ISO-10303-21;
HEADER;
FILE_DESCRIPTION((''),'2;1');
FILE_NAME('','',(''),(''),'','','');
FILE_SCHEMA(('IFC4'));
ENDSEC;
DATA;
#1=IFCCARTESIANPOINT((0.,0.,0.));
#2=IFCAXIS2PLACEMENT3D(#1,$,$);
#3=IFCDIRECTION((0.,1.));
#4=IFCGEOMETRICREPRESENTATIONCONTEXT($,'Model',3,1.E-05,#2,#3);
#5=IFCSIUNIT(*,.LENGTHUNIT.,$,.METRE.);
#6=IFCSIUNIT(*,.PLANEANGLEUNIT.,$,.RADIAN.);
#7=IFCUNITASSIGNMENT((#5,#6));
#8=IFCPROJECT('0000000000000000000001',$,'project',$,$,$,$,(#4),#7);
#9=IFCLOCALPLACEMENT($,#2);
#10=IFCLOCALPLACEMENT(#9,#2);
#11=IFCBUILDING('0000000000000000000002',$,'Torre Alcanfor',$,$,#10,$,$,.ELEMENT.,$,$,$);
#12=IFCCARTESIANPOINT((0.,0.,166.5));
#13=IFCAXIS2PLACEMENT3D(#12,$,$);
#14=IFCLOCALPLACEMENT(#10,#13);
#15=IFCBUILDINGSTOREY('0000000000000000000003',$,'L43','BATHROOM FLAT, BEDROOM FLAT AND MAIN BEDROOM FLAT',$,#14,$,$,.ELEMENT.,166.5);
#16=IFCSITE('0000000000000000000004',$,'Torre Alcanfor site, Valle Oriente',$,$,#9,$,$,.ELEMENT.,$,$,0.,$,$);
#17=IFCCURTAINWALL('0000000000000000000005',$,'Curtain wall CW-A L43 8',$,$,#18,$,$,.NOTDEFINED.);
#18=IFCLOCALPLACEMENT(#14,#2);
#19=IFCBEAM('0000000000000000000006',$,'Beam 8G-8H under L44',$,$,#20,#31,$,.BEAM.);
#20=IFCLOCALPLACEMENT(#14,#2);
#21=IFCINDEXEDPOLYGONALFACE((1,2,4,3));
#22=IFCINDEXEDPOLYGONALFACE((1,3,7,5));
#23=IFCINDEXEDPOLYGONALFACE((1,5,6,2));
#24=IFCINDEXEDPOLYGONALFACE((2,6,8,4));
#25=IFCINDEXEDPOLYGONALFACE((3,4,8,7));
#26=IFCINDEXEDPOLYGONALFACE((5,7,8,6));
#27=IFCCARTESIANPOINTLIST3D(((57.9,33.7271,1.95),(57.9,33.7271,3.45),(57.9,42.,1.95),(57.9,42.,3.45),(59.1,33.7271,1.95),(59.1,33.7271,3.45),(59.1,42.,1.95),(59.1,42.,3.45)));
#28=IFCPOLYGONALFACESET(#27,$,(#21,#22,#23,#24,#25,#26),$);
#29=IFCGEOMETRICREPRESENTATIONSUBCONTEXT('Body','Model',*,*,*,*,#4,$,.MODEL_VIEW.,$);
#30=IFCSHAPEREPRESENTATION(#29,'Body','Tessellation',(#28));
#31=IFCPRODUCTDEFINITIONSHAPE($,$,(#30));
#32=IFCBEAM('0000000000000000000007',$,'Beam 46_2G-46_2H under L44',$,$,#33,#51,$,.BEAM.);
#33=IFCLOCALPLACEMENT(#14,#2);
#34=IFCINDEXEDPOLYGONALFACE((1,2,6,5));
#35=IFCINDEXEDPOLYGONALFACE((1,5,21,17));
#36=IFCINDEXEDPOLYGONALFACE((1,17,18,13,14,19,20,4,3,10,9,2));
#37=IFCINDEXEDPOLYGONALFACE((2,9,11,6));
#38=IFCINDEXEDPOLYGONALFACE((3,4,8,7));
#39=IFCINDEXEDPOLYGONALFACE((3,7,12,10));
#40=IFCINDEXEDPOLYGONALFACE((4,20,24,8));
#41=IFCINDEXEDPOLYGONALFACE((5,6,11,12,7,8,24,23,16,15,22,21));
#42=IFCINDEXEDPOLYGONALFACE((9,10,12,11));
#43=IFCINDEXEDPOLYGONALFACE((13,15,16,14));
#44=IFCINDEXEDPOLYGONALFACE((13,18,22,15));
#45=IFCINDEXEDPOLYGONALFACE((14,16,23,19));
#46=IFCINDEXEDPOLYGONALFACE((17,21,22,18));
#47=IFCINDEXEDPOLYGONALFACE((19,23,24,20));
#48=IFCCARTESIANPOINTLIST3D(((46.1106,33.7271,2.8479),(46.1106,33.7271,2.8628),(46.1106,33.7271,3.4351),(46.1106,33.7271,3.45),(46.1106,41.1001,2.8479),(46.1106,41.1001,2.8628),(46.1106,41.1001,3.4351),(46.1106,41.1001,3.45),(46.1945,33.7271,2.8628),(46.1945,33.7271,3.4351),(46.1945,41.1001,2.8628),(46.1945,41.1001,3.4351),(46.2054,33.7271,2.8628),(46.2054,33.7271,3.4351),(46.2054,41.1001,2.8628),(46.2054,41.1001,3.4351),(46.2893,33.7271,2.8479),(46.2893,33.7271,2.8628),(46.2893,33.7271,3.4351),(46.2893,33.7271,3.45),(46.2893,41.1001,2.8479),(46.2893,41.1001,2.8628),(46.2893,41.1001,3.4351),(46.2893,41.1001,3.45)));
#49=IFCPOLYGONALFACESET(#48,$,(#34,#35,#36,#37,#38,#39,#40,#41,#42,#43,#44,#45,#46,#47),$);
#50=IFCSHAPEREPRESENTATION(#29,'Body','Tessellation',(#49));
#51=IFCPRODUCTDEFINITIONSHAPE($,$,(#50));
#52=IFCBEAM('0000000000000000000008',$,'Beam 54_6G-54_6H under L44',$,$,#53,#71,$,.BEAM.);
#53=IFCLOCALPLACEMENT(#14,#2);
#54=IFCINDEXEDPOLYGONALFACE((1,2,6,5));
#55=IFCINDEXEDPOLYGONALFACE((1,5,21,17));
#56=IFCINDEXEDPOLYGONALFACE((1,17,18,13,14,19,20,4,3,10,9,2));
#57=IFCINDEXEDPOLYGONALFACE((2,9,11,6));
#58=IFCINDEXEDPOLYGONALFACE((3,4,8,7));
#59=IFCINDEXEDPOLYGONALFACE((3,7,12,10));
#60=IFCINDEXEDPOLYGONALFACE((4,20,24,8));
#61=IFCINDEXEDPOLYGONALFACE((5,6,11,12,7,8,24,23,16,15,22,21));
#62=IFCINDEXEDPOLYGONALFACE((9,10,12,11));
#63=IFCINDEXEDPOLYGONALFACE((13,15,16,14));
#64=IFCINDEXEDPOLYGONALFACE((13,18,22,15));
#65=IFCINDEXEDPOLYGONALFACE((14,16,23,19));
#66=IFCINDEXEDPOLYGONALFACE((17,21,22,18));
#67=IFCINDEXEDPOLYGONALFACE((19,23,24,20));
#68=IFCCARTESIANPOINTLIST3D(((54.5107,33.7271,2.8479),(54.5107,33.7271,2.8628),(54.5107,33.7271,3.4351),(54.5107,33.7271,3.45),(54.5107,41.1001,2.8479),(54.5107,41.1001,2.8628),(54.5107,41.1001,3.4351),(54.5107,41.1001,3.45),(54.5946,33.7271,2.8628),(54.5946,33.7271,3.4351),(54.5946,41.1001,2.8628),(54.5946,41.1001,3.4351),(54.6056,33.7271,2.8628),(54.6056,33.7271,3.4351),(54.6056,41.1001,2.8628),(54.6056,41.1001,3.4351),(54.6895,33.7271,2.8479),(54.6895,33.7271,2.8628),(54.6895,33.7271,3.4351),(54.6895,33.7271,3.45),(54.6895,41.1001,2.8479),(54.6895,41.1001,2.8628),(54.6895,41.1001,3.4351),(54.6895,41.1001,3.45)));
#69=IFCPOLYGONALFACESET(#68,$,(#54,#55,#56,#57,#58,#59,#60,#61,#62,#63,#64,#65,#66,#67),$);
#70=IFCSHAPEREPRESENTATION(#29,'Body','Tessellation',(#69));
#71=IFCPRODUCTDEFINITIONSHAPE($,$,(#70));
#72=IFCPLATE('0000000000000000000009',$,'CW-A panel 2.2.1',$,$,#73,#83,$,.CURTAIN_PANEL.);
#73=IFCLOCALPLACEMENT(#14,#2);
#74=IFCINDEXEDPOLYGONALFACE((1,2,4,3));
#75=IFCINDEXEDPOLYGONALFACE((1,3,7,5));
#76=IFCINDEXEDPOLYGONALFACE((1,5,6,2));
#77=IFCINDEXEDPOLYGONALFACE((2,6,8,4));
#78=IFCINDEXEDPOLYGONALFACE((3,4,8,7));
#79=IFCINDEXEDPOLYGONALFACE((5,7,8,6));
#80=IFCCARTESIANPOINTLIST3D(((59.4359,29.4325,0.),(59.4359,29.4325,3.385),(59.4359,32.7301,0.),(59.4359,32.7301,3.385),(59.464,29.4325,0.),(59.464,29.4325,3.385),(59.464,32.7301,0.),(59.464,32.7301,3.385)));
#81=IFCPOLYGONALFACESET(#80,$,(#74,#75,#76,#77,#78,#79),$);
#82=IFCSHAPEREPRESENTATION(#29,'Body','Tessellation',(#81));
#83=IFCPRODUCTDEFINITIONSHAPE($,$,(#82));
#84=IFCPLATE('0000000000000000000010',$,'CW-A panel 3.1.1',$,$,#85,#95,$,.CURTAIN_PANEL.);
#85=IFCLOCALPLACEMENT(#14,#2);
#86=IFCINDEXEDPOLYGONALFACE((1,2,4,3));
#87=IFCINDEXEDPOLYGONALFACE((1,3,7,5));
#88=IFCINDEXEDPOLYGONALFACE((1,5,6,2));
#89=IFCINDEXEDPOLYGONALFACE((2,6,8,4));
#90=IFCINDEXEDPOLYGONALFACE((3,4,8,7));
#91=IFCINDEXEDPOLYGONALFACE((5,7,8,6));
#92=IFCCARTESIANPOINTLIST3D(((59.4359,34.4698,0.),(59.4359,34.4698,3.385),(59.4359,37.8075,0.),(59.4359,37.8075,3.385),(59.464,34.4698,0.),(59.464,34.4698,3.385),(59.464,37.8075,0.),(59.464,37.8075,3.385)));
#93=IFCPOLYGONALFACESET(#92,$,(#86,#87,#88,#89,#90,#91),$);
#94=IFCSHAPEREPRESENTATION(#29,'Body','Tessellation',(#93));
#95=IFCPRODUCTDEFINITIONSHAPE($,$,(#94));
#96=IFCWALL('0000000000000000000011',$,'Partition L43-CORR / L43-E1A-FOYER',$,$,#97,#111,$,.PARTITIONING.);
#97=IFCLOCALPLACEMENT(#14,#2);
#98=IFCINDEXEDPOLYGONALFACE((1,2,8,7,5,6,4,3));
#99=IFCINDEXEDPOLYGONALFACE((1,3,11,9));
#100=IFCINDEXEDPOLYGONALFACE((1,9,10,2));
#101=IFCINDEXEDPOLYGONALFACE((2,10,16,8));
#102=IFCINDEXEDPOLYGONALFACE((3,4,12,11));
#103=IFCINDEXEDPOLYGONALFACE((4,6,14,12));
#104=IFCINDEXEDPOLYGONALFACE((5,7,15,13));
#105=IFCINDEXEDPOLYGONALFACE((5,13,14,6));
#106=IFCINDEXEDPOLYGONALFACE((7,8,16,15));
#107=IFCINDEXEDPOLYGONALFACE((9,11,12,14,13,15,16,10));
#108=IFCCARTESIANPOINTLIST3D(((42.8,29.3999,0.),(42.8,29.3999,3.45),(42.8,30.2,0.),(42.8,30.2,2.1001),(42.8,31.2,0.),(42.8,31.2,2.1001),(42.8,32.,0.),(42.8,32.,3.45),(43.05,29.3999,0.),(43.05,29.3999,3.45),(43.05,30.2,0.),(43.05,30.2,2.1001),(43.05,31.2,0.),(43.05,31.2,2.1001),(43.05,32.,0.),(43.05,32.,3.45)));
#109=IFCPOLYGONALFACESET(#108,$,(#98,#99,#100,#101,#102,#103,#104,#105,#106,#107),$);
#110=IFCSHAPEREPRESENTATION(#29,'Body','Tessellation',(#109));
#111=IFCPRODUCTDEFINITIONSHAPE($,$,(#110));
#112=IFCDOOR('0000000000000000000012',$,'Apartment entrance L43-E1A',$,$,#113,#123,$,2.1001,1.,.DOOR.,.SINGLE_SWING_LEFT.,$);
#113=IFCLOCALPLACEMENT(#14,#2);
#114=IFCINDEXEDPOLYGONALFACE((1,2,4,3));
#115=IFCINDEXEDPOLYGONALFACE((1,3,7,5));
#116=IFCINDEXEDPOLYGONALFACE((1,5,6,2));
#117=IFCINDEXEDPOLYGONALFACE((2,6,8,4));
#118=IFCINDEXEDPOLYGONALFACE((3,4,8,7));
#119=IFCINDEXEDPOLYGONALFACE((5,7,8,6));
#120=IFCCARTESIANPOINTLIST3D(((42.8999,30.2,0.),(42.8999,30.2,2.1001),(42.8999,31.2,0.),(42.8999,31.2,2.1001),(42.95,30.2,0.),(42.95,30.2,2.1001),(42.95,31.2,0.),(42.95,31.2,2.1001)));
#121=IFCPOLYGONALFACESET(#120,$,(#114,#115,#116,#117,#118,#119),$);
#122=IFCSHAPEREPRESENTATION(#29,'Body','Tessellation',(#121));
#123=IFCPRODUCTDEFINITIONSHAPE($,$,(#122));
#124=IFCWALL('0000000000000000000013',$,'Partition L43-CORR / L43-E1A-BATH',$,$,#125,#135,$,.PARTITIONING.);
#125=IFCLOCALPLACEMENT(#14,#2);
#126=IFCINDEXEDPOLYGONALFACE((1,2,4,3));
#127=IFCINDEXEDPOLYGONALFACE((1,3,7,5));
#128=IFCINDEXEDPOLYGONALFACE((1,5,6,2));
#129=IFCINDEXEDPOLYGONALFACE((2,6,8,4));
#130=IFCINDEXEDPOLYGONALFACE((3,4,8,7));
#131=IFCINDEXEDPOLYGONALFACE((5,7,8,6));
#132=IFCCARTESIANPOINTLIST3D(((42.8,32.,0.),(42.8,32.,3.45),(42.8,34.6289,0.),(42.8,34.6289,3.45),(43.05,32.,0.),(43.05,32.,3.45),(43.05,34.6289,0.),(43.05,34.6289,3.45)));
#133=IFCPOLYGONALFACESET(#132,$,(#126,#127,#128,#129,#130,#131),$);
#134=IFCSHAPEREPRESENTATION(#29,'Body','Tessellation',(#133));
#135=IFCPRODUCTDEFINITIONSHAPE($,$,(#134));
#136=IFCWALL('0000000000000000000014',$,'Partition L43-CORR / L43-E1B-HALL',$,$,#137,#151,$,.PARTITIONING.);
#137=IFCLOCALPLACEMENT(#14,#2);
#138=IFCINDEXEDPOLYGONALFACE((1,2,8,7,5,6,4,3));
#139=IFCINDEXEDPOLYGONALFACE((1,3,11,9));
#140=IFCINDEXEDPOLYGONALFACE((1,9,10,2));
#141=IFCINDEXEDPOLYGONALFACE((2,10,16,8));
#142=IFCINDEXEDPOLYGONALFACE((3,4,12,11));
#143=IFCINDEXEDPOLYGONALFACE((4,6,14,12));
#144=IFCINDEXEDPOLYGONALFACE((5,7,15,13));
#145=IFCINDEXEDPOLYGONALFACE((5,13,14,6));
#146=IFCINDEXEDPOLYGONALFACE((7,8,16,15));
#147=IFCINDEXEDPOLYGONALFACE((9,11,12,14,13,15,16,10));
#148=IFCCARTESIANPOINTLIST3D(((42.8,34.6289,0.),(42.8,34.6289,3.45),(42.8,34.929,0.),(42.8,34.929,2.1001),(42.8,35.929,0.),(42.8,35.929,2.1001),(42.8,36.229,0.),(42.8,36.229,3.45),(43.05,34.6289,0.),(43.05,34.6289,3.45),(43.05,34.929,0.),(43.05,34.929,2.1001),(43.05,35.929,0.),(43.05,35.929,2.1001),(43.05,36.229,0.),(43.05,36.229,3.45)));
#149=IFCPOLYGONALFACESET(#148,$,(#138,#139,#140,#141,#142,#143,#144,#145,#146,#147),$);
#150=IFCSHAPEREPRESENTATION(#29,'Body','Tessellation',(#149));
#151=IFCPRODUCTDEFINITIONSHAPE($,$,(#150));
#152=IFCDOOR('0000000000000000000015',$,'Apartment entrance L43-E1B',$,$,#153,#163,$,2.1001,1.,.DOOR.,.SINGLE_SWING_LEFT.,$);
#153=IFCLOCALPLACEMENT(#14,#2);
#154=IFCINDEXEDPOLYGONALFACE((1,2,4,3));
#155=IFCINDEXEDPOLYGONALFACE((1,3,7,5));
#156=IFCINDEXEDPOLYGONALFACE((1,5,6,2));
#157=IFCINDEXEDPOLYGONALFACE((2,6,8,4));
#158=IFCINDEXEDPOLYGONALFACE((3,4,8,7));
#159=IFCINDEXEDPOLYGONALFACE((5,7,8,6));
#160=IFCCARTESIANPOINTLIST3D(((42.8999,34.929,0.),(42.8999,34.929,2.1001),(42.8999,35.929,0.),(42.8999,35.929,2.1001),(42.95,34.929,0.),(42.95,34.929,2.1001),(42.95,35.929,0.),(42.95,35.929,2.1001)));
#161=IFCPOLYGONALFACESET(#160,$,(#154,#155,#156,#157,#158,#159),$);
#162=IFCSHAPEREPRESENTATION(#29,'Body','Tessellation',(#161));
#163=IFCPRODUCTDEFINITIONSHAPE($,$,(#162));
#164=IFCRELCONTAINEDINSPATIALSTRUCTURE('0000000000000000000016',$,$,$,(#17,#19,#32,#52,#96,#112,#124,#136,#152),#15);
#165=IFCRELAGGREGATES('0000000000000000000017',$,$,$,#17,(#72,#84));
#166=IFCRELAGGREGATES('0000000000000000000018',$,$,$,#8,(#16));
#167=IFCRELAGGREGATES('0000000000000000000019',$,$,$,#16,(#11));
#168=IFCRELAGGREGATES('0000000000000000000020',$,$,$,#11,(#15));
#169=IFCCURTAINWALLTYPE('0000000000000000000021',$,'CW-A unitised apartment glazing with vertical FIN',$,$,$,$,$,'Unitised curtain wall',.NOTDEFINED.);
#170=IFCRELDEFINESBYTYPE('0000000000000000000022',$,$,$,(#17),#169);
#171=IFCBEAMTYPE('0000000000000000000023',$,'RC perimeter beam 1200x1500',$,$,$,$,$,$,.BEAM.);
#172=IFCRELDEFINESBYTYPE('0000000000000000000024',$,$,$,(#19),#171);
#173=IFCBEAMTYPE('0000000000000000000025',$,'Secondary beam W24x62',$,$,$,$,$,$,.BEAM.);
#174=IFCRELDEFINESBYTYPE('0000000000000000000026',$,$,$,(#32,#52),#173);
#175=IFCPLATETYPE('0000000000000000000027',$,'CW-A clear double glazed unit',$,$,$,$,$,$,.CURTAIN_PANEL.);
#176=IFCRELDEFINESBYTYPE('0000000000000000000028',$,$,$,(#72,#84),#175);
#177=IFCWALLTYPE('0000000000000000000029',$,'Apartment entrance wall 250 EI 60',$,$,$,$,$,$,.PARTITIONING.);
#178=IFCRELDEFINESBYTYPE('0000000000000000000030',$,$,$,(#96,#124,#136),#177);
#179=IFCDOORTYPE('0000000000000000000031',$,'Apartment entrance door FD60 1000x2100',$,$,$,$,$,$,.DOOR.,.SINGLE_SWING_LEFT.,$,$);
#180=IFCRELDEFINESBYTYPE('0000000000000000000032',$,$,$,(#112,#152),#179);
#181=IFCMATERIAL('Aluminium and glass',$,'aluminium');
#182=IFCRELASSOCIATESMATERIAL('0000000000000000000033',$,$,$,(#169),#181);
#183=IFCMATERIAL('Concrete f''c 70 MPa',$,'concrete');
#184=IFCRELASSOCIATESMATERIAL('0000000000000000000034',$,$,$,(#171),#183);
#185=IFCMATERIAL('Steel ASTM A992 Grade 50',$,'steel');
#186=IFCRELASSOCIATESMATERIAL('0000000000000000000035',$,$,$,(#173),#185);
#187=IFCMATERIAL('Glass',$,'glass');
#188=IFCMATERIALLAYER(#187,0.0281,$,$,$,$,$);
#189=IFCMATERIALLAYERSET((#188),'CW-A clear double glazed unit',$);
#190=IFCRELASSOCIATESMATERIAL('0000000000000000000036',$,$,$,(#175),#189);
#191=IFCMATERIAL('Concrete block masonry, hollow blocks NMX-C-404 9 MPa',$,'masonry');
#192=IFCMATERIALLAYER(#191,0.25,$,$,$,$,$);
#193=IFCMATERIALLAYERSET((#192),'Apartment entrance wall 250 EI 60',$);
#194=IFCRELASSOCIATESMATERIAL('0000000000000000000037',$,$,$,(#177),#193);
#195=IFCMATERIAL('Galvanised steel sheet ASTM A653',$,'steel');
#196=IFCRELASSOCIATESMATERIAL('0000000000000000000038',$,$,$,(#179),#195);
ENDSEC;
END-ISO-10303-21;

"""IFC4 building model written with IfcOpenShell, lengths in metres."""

from ifc_helpers import new_model, si_unit, direction, frame, frame_2d, origin, origin_2d, place, context, subcontext, project, spatial, rectangle, i_section, extrude, material, layer, layer_set, material_profile, profile_set, type_object, element, fill, aggregate, save


model = new_model("IFC4")

# Units and contexts
model_context = context("Model", 3, precision=1e-05, world=origin(), true_north=direction((0.0, 1.0)))
body_context = subcontext(model_context, "Body", "Model", "MODEL_VIEW")
ifc_project = project(units=[si_unit("LENGTHUNIT", "METRE"), si_unit("PLANEANGLEUNIT", "RADIAN")], contexts=[model_context])

# Site, building, storey
site_placement = place(None, origin())
site = spatial("IfcSite", under=ifc_project, at=site_placement, Name="Torre Alcanfor site, Valle Oriente", CompositionType="ELEMENT", RefElevation=0.0)
building_placement = place(site_placement, origin())
building = spatial("IfcBuilding", under=site, at=building_placement, Name="Torre Alcanfor", CompositionType="ELEMENT")
storey_placement = place(building_placement, frame((0.0, 0.0, 166.5)))
storey = spatial("IfcBuildingStorey", under=building, at=storey_placement, Name="L43", Description="BATHROOM FLAT, BEDROOM FLAT AND MAIN BEDROOM FLAT", CompositionType="ELEMENT", Elevation=166.5)

# Curtain wall
ifc_material_1 = material(Name="Aluminium and glass", Category="aluminium")
curtain_wall_type = type_object("IfcCurtainWallType", Name="CW-A unitised apartment glazing with vertical FIN", ElementType="Unitised curtain wall", PredefinedType="NOTDEFINED", material=ifc_material_1)
curtain_wall_placement = place(storey_placement, origin())
curtain_wall = element("IfcCurtainWall", 1, at=curtain_wall_placement, inside=storey, type_object=curtain_wall_type, Name="Curtain wall CW-A L43 8", PredefinedType="NOTDEFINED")

# Beams
ifc_material_2 = material(Name="Concrete f'c 70 MPa", Category="concrete")
ifc_material_profile_1 = material_profile(ifc_material_2, rectangle(XDim=1.2, YDim=1.5, at=origin_2d()), Name="1200x1500")
ifc_profile_set_1 = profile_set([ifc_material_profile_1], Name="Concrete f'c 70 MPa")
beam_type_1 = type_object("IfcBeamType", Name="RC perimeter beam 1200x1500", PredefinedType="BEAM", material=ifc_profile_set_1)
beam_1_placement = place(storey_placement, frame((58.5, 33.7271, 2.7), z_axis=(0.0, 1.0, 0.0), x_axis=(-1.0, 0.0, 0.0)))
element("IfcBeam", 2, at=beam_1_placement, inside=storey, type_object=beam_type_1, Name="Beam 8G-8H under L44", PredefinedType="BEAM", context=body_context, shape_type="SweptSolid", body=[
    extrude(rectangle(XDim=1.2, YDim=1.5, at=origin_2d()), origin(), (0.0, 0.0, 1.0), 8.2729),
])
ifc_material_3 = material(Name="Steel ASTM A992 Grade 50", Category="steel")
ifc_material_profile_2 = material_profile(ifc_material_3, i_section(OverallWidth=0.1787, OverallDepth=0.6021, WebThickness=0.011, FlangeThickness=0.0149, at=origin_2d()), Name="W24x62")
ifc_profile_set_2 = profile_set([ifc_material_profile_2], Name="Steel ASTM A992 Grade 50")
beam_type_2 = type_object("IfcBeamType", Name="Secondary beam W24x62", PredefinedType="BEAM", material=ifc_profile_set_2)
for number, where, z_axis, x_axis, name in (
    (3, (46.2, 33.7271, 3.1489), (0.0, 1.0, 0.0), (-1.0, 0.0, 0.0), "Beam 46_2G-46_2H under L44"),
    (4, (54.6001, 33.7271, 3.1489), (0.0, 1.0, 0.0), (-1.0, 0.0, 0.0), "Beam 54_6G-54_6H under L44"),
):
    element("IfcBeam", number, at=place(storey_placement, frame(where, z_axis=z_axis, x_axis=x_axis)), inside=storey, type_object=beam_type_2, Name=name, PredefinedType="BEAM", context=body_context, shape_type="SweptSolid", body=[
        extrude(i_section(OverallWidth=0.1787, OverallDepth=0.6021, WebThickness=0.011, FlangeThickness=0.0149, at=origin_2d()), origin(), (0.0, 0.0, 1.0), 7.373),
    ])

# Plates
ifc_material_4 = material(Name="Glass", Category="glass")
ifc_layer_1 = layer(ifc_material_4, 0.0281)
ifc_layer_set_1 = layer_set([ifc_layer_1], Name="CW-A clear double glazed unit")
plate_type = type_object("IfcPlateType", Name="CW-A clear double glazed unit", PredefinedType="CURTAIN_PANEL", material=ifc_layer_set_1)
plate_1_placement = place(storey_placement, frame((59.45, 31.0813, 0.0), z_axis=(0.0, 0.0, 1.0), x_axis=(0.0, 1.0, 0.0)))
plate_1 = element("IfcPlate", 5, at=plate_1_placement, type_object=plate_type, Name="CW-A panel 2.2.1", PredefinedType="CURTAIN_PANEL", context=body_context, shape_type="SweptSolid", body=[
    extrude(rectangle(XDim=3.2976, YDim=0.0281, at=origin_2d()), origin(), (0.0, 0.0, 1.0), 3.385),
])
plate_2_placement = place(storey_placement, frame((59.45, 36.1387, 0.0), z_axis=(0.0, 0.0, 1.0), x_axis=(0.0, 1.0, 0.0)))
plate_2 = element("IfcPlate", 6, at=plate_2_placement, type_object=plate_type, Name="CW-A panel 3.1.1", PredefinedType="CURTAIN_PANEL", context=body_context, shape_type="SweptSolid", body=[
    extrude(rectangle(XDim=3.3376, YDim=0.0281, at=origin_2d()), origin(), (0.0, 0.0, 1.0), 3.385),
])
aggregate(curtain_wall, [plate_1, plate_2])

# Wall, opening, door
ifc_material_5 = material(Name="Concrete block masonry, hollow blocks NMX-C-404 9 MPa", Category="masonry")
ifc_layer_2 = layer(ifc_material_5, 0.25)
ifc_layer_set_2 = layer_set([ifc_layer_2], Name="Apartment entrance wall 250 EI 60")
wall_type_1 = type_object("IfcWallType", Name="Apartment entrance wall 250 EI 60", PredefinedType="PARTITIONING", material=ifc_layer_set_2)
wall_1_placement = place(storey_placement, frame((42.925, 32.0, 0.0), z_axis=(0.0, 0.0, 1.0), x_axis=(0.0, -1.0, 0.0)))
wall_1 = element("IfcWall", 7, at=wall_1_placement, inside=storey, type_object=wall_type_1, Name="Partition L43-CORR / L43-E1A-FOYER", PredefinedType="PARTITIONING", context=body_context, shape_type="SweptSolid", body=[
    extrude(rectangle(XDim=2.6001, YDim=0.25, at=frame_2d((1.3, 0.0))), origin(), (0.0, 0.0, 1.0), 3.45),
])
opening_1_placement = place(wall_1_placement, frame((0.8, 0.0, 0.0)))
opening_1 = element("IfcOpeningElement", 8, at=opening_1_placement, cuts=wall_1, PredefinedType="OPENING", context=body_context, shape_type="SweptSolid", body=[
    extrude(rectangle(XDim=1.0, YDim=2.1001, at=frame_2d((0.5, 1.05))), frame((0.0, 0.135, 0.0), z_axis=(0.0, -1.0, 0.0), x_axis=(1.0, 0.0, 0.0)), (0.0, 0.0, 1.0), 0.27),
])
ifc_material_6 = material(Name="Galvanised steel sheet ASTM A653", Category="steel")
door_type_1 = type_object("IfcDoorType", Name="Apartment entrance door FD60 1000x2100", OperationType="SINGLE_SWING_LEFT", PredefinedType="DOOR", material=ifc_material_6)
door_1_placement = place(opening_1_placement, origin())
door_1 = element("IfcDoor", 9, at=door_1_placement, inside=storey, type_object=door_type_1, Name="Apartment entrance L43-E1A", OperationType="SINGLE_SWING_LEFT", OverallHeight=2.1001, OverallWidth=1.0, PredefinedType="DOOR", context=body_context, shape_type="SweptSolid", body=[
    extrude(rectangle(XDim=1.0, YDim=2.1001, at=frame_2d((0.5, 1.05))), frame((0.0, 0.0249, 0.0), z_axis=(0.0, -1.0, 0.0), x_axis=(1.0, 0.0, 0.0)), (0.0, 0.0, 1.0), 0.05),
])
fill(opening_1, door_1)

# Wall
wall_2_placement = place(storey_placement, frame((42.925, 34.6289, 0.0), z_axis=(0.0, 0.0, 1.0), x_axis=(0.0, -1.0, 0.0)))
element("IfcWall", 10, at=wall_2_placement, inside=storey, type_object=wall_type_1, Name="Partition L43-CORR / L43-E1A-BATH", PredefinedType="PARTITIONING", context=body_context, shape_type="SweptSolid", body=[
    extrude(rectangle(XDim=2.6289, YDim=0.25, at=frame_2d((1.3145, 0.0))), origin(), (0.0, 0.0, 1.0), 3.45),
])

# Wall, opening, door
wall_3_placement = place(storey_placement, frame((42.925, 36.229, 0.0), z_axis=(0.0, 0.0, 1.0), x_axis=(0.0, -1.0, 0.0)))
wall_3 = element("IfcWall", 11, at=wall_3_placement, inside=storey, type_object=wall_type_1, Name="Partition L43-CORR / L43-E1B-HALL", PredefinedType="PARTITIONING", context=body_context, shape_type="SweptSolid", body=[
    extrude(rectangle(XDim=1.6001, YDim=0.25, at=frame_2d((0.8, 0.0))), origin(), (0.0, 0.0, 1.0), 3.45),
])
opening_2_placement = place(wall_3_placement, frame((0.3, 0.0, 0.0)))
opening_2 = element("IfcOpeningElement", 12, at=opening_2_placement, cuts=wall_3, PredefinedType="OPENING", context=body_context, shape_type="SweptSolid", body=[
    extrude(rectangle(XDim=1.0, YDim=2.1001, at=frame_2d((0.5, 1.05))), frame((0.0, 0.135, 0.0), z_axis=(0.0, -1.0, 0.0), x_axis=(1.0, 0.0, 0.0)), (0.0, 0.0, 1.0), 0.27),
])
door_2_placement = place(opening_2_placement, origin())
door_2 = element("IfcDoor", 13, at=door_2_placement, inside=storey, type_object=door_type_1, Name="Apartment entrance L43-E1B", OperationType="SINGLE_SWING_LEFT", OverallHeight=2.1001, OverallWidth=1.0, PredefinedType="DOOR", context=body_context, shape_type="SweptSolid", body=[
    extrude(rectangle(XDim=1.0, YDim=2.1001, at=frame_2d((0.5, 1.05))), frame((0.0, 0.0249, 0.0), z_axis=(0.0, -1.0, 0.0), x_axis=(1.0, 0.0, 0.0)), (0.0, 0.0, 1.0), 0.05),
])
fill(opening_2, door_2)

save(model, "model.ifc")
